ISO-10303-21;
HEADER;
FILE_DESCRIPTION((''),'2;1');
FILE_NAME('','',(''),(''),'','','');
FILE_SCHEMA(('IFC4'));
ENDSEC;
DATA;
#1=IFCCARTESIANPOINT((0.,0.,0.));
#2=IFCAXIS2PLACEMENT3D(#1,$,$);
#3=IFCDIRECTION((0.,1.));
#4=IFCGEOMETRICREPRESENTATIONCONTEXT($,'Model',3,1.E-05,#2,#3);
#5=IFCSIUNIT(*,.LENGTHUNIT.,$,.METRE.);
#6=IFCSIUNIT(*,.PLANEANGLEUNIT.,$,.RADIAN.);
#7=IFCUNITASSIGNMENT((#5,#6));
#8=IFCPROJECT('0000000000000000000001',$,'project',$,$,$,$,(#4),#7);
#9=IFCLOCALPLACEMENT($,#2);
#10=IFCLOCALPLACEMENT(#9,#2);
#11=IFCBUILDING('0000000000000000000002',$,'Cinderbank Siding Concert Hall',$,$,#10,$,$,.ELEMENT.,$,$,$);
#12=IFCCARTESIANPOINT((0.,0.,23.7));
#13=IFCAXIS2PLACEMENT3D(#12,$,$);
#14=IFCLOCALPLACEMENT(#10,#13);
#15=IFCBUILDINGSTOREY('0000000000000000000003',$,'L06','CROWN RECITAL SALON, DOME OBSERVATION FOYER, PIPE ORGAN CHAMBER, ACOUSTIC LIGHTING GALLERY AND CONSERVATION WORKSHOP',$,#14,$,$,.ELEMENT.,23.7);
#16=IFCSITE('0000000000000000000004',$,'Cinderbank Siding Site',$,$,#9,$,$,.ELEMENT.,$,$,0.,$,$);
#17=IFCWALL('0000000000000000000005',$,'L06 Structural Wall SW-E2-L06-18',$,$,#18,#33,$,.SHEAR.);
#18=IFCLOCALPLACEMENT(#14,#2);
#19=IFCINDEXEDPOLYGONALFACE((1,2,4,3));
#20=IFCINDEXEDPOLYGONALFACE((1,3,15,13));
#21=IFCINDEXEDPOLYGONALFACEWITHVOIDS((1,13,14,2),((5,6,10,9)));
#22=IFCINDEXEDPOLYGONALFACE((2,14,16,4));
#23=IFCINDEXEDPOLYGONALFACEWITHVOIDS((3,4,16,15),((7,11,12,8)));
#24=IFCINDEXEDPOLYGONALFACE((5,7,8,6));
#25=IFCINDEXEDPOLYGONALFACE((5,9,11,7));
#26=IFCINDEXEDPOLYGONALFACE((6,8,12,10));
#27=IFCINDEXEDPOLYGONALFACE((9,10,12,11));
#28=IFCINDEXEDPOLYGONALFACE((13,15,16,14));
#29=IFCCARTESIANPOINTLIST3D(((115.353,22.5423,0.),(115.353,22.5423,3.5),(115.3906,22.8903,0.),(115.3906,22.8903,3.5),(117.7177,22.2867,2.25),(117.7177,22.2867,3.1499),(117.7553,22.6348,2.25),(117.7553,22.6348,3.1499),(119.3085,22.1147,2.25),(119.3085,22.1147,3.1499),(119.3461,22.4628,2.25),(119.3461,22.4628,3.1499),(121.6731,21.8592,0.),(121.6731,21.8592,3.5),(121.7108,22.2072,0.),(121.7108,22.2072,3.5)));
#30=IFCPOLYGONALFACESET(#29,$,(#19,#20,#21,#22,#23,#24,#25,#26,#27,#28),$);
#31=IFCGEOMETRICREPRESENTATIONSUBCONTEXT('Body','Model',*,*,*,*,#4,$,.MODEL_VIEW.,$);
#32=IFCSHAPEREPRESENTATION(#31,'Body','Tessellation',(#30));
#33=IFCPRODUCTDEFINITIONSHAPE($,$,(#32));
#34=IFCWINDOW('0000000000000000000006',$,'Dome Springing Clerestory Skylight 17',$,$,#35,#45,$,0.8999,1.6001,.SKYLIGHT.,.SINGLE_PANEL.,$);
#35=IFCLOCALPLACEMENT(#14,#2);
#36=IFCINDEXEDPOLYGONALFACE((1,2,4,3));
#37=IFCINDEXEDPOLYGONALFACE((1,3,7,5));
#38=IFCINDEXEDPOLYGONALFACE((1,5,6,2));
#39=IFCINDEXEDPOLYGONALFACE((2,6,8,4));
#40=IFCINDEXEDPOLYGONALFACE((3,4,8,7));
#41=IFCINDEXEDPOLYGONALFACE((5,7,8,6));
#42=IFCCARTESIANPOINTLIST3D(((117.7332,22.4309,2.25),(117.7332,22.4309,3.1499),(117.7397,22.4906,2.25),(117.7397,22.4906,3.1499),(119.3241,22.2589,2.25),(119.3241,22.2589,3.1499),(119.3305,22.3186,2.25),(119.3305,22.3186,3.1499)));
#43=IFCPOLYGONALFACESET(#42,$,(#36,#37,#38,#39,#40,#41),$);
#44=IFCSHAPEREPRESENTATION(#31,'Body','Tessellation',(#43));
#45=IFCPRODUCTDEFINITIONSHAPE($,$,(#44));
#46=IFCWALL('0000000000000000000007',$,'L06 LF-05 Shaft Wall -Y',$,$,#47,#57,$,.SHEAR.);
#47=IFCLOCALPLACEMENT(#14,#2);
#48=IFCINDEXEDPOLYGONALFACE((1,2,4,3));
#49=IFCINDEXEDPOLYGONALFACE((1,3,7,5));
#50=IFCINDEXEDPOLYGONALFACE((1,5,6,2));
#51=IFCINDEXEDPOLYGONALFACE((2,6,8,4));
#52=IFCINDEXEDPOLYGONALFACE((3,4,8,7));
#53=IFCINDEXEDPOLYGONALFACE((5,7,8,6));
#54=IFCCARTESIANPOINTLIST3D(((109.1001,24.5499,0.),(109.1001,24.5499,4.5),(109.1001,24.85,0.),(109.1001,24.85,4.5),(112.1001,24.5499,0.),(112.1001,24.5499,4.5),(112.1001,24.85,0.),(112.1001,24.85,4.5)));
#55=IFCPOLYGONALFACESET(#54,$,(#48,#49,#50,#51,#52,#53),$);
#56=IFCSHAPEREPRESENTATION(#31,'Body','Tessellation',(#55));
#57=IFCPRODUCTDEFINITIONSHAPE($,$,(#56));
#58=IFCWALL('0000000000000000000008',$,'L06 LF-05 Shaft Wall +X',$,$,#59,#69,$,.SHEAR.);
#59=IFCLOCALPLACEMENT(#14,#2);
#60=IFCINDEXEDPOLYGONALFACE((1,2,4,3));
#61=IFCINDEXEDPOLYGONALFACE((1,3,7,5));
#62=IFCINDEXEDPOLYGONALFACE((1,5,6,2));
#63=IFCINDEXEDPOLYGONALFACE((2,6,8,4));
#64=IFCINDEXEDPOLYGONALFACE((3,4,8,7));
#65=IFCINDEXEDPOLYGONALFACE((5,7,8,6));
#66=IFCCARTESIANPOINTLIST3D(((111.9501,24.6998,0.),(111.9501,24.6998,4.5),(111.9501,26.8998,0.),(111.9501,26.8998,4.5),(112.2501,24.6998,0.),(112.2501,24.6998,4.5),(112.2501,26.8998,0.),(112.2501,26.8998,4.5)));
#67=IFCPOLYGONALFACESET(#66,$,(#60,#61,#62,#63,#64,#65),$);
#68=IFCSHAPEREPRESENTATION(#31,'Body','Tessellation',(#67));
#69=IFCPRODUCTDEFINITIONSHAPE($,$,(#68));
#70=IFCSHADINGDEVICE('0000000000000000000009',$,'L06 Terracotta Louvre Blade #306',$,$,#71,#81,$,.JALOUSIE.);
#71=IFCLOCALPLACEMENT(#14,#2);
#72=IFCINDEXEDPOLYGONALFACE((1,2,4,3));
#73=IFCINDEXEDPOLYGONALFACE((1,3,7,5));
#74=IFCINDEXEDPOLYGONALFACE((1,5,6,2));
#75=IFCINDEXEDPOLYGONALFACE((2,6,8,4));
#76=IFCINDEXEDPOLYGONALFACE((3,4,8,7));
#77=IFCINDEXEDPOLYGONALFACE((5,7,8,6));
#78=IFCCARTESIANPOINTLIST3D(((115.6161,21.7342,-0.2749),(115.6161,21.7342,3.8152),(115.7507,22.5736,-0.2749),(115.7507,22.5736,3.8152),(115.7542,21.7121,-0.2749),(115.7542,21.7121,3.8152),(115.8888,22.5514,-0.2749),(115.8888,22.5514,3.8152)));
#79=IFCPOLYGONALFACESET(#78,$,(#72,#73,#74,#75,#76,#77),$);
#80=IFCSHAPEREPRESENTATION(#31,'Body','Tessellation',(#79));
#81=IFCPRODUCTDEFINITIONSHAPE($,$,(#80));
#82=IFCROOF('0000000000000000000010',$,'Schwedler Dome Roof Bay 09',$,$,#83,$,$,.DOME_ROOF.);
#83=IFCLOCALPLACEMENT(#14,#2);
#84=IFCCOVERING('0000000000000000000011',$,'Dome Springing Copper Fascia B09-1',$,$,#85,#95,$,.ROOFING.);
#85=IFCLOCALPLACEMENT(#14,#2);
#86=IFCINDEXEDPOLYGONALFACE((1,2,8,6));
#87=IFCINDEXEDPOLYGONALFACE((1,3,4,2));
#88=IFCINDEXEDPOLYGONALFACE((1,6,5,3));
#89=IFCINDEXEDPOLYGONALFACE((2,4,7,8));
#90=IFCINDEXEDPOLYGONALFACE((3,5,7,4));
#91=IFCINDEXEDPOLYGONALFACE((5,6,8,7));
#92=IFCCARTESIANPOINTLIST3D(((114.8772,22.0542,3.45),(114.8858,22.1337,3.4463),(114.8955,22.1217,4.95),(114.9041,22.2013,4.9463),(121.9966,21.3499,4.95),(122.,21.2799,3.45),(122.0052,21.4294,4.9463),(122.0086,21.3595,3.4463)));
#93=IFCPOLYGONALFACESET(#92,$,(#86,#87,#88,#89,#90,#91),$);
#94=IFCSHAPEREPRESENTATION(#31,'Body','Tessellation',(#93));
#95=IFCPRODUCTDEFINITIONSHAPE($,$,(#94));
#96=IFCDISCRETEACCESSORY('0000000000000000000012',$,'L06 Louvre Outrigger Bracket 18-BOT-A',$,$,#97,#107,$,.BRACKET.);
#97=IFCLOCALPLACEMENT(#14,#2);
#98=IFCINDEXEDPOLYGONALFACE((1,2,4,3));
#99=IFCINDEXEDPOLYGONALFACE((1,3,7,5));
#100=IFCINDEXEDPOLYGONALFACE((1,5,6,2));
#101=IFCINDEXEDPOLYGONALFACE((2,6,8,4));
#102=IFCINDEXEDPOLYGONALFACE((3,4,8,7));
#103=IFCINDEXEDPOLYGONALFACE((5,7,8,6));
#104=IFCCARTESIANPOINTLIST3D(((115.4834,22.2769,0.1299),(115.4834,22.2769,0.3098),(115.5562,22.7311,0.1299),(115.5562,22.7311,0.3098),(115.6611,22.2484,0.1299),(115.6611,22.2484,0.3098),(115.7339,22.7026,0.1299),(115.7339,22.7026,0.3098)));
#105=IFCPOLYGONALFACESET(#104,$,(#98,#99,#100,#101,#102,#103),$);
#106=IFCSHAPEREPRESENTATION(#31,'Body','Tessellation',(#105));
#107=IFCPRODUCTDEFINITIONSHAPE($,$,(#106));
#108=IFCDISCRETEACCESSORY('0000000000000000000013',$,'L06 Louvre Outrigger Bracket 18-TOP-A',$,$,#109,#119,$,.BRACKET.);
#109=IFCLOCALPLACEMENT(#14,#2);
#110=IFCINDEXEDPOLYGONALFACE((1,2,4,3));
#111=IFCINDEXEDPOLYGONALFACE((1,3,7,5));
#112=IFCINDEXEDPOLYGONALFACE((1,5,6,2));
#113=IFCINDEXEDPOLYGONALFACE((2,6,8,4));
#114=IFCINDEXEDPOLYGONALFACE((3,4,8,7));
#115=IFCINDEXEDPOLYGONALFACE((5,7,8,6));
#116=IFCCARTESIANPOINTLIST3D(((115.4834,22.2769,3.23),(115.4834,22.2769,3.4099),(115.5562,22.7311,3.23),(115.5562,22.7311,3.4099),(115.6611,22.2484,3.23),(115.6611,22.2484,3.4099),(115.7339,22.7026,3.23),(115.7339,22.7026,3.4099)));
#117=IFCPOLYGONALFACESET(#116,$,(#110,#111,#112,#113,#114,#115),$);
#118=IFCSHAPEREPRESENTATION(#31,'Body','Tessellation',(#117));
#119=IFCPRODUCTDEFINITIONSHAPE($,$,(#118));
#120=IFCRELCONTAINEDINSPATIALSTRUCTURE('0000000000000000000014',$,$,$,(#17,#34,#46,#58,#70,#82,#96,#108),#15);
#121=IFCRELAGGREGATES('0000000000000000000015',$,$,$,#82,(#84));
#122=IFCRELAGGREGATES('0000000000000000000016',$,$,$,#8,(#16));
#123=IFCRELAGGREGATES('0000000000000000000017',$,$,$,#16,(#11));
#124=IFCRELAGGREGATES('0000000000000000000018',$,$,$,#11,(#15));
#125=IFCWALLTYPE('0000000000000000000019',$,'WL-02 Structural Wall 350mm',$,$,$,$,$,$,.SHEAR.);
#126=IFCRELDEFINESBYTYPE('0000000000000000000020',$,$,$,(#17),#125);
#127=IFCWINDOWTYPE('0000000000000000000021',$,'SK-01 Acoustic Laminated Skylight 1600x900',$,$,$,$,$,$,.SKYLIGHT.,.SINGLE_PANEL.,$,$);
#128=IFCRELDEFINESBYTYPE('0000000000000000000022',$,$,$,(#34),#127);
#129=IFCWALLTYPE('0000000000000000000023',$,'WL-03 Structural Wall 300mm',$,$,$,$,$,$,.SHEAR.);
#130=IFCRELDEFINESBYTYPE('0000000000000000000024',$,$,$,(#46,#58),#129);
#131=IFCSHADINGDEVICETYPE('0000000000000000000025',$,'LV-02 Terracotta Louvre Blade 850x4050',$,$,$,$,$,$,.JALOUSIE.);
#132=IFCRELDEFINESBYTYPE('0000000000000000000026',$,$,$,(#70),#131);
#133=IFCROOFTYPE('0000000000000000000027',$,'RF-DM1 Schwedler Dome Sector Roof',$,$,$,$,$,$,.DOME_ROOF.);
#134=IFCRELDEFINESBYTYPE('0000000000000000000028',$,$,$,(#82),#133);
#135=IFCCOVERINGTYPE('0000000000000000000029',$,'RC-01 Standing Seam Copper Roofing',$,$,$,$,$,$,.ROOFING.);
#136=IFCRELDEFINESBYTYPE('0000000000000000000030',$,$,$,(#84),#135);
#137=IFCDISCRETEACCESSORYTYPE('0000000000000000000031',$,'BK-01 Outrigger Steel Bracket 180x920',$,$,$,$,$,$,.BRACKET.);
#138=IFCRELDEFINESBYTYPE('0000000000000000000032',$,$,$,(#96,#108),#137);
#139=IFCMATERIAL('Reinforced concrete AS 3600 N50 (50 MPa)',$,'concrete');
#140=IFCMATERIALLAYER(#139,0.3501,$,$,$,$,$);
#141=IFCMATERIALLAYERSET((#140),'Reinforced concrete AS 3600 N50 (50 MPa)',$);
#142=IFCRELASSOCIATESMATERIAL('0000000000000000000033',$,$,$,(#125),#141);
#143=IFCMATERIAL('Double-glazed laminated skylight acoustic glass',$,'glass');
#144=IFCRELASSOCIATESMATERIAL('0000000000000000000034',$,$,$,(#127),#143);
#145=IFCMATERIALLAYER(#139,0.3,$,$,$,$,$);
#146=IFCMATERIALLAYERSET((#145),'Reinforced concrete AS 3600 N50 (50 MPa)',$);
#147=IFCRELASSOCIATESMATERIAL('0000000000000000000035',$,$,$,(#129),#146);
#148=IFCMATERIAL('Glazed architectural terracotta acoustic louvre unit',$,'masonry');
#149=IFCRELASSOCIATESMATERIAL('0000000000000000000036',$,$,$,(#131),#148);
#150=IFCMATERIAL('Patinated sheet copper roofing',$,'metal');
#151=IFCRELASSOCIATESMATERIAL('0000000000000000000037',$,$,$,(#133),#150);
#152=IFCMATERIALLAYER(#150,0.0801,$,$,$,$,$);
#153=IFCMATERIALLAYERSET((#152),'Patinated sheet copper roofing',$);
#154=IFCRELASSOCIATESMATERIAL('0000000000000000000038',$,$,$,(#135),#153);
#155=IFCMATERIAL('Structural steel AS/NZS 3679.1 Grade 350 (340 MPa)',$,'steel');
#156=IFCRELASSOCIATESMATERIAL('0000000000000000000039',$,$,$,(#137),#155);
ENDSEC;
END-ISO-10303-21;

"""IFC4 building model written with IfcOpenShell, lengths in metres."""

from ifc_helpers import new_model, si_unit, direction, frame, frame_2d, origin, origin_2d, place, context, subcontext, project, spatial, polyline, rectangle, outline, extrude, material, layer, layer_set, type_object, element, fill, aggregate, save


model = new_model("IFC4")

# Units and contexts
model_context = context("Model", 3, precision=1e-05, world=origin(), true_north=direction((0.0, 1.0)))
body_context = subcontext(model_context, "Body", "Model", "MODEL_VIEW")
ifc_project = project(units=[si_unit("LENGTHUNIT", "METRE"), si_unit("PLANEANGLEUNIT", "RADIAN")], contexts=[model_context])

# Site, building, storey
site_placement = place(None, origin())
site = spatial("IfcSite", under=ifc_project, at=site_placement, Name="Cinderbank Siding Site", CompositionType="ELEMENT", RefElevation=0.0)
building_placement = place(site_placement, origin())
building = spatial("IfcBuilding", under=site, at=building_placement, Name="Cinderbank Siding Concert Hall", CompositionType="ELEMENT")
storey_placement = place(building_placement, frame((0.0, 0.0, 23.7)))
storey = spatial("IfcBuildingStorey", under=building, at=storey_placement, Name="L06", Description="CROWN RECITAL SALON, DOME OBSERVATION FOYER, PIPE ORGAN CHAMBER, ACOUSTIC LIGHTING GALLERY AND CONSERVATION WORKSHOP", CompositionType="ELEMENT", Elevation=23.7)

# Shared definitions
ifc_material_1 = material(Name="Reinforced concrete AS 3600 N50 (50 MPa)", Category="concrete")

# Wall, opening, window
ifc_layer_1 = layer(ifc_material_1, 0.3501)
ifc_layer_set_1 = layer_set([ifc_layer_1], Name="Reinforced concrete AS 3600 N50 (50 MPa)")
wall_type_1 = type_object("IfcWallType", Name="WL-02 Structural Wall 350mm", PredefinedType="SHEAR", material=ifc_layer_set_1)
wall_1_placement = place(storey_placement, frame((115.3718, 22.7163, 0.0), z_axis=(0.0, 0.0, 1.0), x_axis=(0.994209, -0.107459, 0.0)))
wall_1 = element("IfcWall", 1, at=wall_1_placement, inside=storey, type_object=wall_type_1, Name="L06 Structural Wall SW-E2-L06-18", PredefinedType="SHEAR", context=body_context, shape_type="SweptSolid", body=[
    extrude(rectangle(XDim=6.3569, YDim=0.3501, at=frame_2d((3.1785, 0.0))), origin(), (0.0, 0.0, 1.0), 3.5),
])
opening_placement = place(wall_1_placement, frame((2.3784, 0.0, 2.25)))
opening = element("IfcOpeningElement", 2, at=opening_placement, cuts=wall_1, PredefinedType="OPENING", context=body_context, shape_type="SweptSolid", body=[
    extrude(rectangle(XDim=1.6001, YDim=0.8999, at=frame_2d((0.8, 0.45))), frame((0.0, 0.187, 0.0), z_axis=(0.0, -1.0, 0.0), x_axis=(1.0, 0.0, 0.0)), (0.0, 0.0, 1.0), 0.374),
])
ifc_material_2 = material(Name="Double-glazed laminated skylight acoustic glass", Category="glass")
window_type = type_object("IfcWindowType", Name="SK-01 Acoustic Laminated Skylight 1600x900", PartitioningType="SINGLE_PANEL", PredefinedType="SKYLIGHT", material=ifc_material_2)
window_placement = place(opening_placement, origin())
window = element("IfcWindow", 3, at=window_placement, inside=storey, type_object=window_type, Name="Dome Springing Clerestory Skylight 17", OverallHeight=0.8999, OverallWidth=1.6001, PartitioningType="SINGLE_PANEL", PredefinedType="SKYLIGHT", context=body_context, shape_type="SweptSolid", body=[
    extrude(rectangle(XDim=1.6001, YDim=0.8999, at=frame_2d((0.8, 0.45))), frame((0.0, 0.03, 0.0), z_axis=(0.0, -1.0, 0.0), x_axis=(1.0, 0.0, 0.0)), (0.0, 0.0, 1.0), 0.0601),
])
fill(opening, window)

# Walls
ifc_layer_2 = layer(ifc_material_1, 0.3)
ifc_layer_set_2 = layer_set([ifc_layer_2], Name="Reinforced concrete AS 3600 N50 (50 MPa)")
wall_type_2 = type_object("IfcWallType", Name="WL-03 Structural Wall 300mm", PredefinedType="SHEAR", material=ifc_layer_set_2)
wall_2_placement = place(storey_placement, frame((112.1001, 24.7, 0.0), z_axis=(0.0, 0.0, 1.0), x_axis=(-1.0, 0.0, 0.0)))
element("IfcWall", 4, at=wall_2_placement, inside=storey, type_object=wall_type_2, Name="L06 LF-05 Shaft Wall -Y", PredefinedType="SHEAR", context=body_context, shape_type="SweptSolid", body=[
    extrude(rectangle(XDim=3.0, YDim=0.3, at=frame_2d((1.5, 0.0))), origin(), (0.0, 0.0, 1.0), 4.5),
])
wall_3_placement = place(storey_placement, frame((112.1001, 26.8999, 0.0), z_axis=(0.0, 0.0, 1.0), x_axis=(0.0, -1.0, 0.0)))
element("IfcWall", 5, at=wall_3_placement, inside=storey, type_object=wall_type_2, Name="L06 LF-05 Shaft Wall +X", PredefinedType="SHEAR", context=body_context, shape_type="SweptSolid", body=[
    extrude(rectangle(XDim=2.2, YDim=0.3, at=frame_2d((1.1001, 0.0))), origin(), (0.0, 0.0, 1.0), 4.5),
])

# Shared definitions
ifc_material_3 = material(Name="Structural steel AS/NZS 3679.1 Grade 350 (340 MPa)", Category="steel")

# Shading device
ifc_material_4 = material(Name="Glazed architectural terracotta acoustic louvre unit", Category="masonry")
shading_device_type = type_object("IfcShadingDeviceType", Name="LV-02 Terracotta Louvre Blade 850x4050", PredefinedType="JALOUSIE", material=ifc_material_4)
shading_device_placement = place(storey_placement, frame((115.7524, 22.1428, -0.2749), z_axis=(0.0, 0.0, 1.0), x_axis=(-0.158354, -0.987382, 0.0)))
element("IfcShadingDevice", 6, at=shading_device_placement, inside=storey, type_object=shading_device_type, Name="L06 Terracotta Louvre Blade #306", PredefinedType="JALOUSIE", context=body_context, shape_type="SweptSolid", body=[
    extrude(rectangle(XDim=0.8501, YDim=0.1399, at=origin_2d()), origin(), (0.0, 0.0, 1.0), 4.0901),
])

# Roof, covering
ifc_material_5 = material(Name="Patinated sheet copper roofing", Category="metal")
roof_type = type_object("IfcRoofType", Name="RF-DM1 Schwedler Dome Sector Roof", PredefinedType="DOME_ROOF", material=ifc_material_5)
roof_placement = place(storey_placement, origin())
roof = element("IfcRoof", 7, at=roof_placement, inside=storey, type_object=roof_type, Name="Schwedler Dome Roof Bay 09", PredefinedType="DOME_ROOF")
ifc_layer_3 = layer(ifc_material_5, 0.0801)
ifc_layer_set_3 = layer_set([ifc_layer_3], Name="Patinated sheet copper roofing")
covering_type = type_object("IfcCoveringType", Name="RC-01 Standing Seam Copper Roofing", PredefinedType="ROOFING", material=ifc_layer_set_3)
covering_placement = place(storey_placement, frame((114.8772, 22.0542, 3.45), z_axis=(-0.107949, -0.99309, 0.046036), x_axis=(0.994144, -0.108064, 0.000001)))
covering = element("IfcCovering", 8, at=covering_placement, type_object=covering_type, Name="Dome Springing Copper Fascia B09-1", PredefinedType="ROOFING", context=body_context, shape_type="SweptSolid", body=[
    extrude(outline(polyline([(0.0, 0.0), (7.1648, 0.0), (7.1538, 1.5016), (0.0109, 1.5016), (0.0, 0.0)])), origin(), (0.0, 0.0, -1.0), 0.0801),
])
aggregate(roof, [covering])

# Discrete accessories
discrete_accessory_type = type_object("IfcDiscreteAccessoryType", Name="BK-01 Outrigger Steel Bracket 180x920", PredefinedType="BRACKET", material=ifc_material_3)
for number, where, z_axis, x_axis, name in (
    (9, (115.6086, 22.4897, 0.1299), (0.0, 0.0, 1.0), (-0.158354, -0.987382, 0.0), "L06 Louvre Outrigger Bracket 18-BOT-A"),
    (10, (115.6086, 22.4897, 3.23), (0.0, 0.0, 1.0), (-0.158354, -0.987382, 0.0), "L06 Louvre Outrigger Bracket 18-TOP-A"),
):
    element("IfcDiscreteAccessory", number, at=place(storey_placement, frame(where, z_axis=z_axis, x_axis=x_axis)), inside=storey, type_object=discrete_accessory_type, Name=name, PredefinedType="BRACKET", context=body_context, shape_type="SweptSolid", body=[
        extrude(rectangle(XDim=0.46, YDim=0.1799, at=origin_2d()), origin(), (0.0, 0.0, 1.0), 0.1799),
    ])

save(model, "model.ifc")
